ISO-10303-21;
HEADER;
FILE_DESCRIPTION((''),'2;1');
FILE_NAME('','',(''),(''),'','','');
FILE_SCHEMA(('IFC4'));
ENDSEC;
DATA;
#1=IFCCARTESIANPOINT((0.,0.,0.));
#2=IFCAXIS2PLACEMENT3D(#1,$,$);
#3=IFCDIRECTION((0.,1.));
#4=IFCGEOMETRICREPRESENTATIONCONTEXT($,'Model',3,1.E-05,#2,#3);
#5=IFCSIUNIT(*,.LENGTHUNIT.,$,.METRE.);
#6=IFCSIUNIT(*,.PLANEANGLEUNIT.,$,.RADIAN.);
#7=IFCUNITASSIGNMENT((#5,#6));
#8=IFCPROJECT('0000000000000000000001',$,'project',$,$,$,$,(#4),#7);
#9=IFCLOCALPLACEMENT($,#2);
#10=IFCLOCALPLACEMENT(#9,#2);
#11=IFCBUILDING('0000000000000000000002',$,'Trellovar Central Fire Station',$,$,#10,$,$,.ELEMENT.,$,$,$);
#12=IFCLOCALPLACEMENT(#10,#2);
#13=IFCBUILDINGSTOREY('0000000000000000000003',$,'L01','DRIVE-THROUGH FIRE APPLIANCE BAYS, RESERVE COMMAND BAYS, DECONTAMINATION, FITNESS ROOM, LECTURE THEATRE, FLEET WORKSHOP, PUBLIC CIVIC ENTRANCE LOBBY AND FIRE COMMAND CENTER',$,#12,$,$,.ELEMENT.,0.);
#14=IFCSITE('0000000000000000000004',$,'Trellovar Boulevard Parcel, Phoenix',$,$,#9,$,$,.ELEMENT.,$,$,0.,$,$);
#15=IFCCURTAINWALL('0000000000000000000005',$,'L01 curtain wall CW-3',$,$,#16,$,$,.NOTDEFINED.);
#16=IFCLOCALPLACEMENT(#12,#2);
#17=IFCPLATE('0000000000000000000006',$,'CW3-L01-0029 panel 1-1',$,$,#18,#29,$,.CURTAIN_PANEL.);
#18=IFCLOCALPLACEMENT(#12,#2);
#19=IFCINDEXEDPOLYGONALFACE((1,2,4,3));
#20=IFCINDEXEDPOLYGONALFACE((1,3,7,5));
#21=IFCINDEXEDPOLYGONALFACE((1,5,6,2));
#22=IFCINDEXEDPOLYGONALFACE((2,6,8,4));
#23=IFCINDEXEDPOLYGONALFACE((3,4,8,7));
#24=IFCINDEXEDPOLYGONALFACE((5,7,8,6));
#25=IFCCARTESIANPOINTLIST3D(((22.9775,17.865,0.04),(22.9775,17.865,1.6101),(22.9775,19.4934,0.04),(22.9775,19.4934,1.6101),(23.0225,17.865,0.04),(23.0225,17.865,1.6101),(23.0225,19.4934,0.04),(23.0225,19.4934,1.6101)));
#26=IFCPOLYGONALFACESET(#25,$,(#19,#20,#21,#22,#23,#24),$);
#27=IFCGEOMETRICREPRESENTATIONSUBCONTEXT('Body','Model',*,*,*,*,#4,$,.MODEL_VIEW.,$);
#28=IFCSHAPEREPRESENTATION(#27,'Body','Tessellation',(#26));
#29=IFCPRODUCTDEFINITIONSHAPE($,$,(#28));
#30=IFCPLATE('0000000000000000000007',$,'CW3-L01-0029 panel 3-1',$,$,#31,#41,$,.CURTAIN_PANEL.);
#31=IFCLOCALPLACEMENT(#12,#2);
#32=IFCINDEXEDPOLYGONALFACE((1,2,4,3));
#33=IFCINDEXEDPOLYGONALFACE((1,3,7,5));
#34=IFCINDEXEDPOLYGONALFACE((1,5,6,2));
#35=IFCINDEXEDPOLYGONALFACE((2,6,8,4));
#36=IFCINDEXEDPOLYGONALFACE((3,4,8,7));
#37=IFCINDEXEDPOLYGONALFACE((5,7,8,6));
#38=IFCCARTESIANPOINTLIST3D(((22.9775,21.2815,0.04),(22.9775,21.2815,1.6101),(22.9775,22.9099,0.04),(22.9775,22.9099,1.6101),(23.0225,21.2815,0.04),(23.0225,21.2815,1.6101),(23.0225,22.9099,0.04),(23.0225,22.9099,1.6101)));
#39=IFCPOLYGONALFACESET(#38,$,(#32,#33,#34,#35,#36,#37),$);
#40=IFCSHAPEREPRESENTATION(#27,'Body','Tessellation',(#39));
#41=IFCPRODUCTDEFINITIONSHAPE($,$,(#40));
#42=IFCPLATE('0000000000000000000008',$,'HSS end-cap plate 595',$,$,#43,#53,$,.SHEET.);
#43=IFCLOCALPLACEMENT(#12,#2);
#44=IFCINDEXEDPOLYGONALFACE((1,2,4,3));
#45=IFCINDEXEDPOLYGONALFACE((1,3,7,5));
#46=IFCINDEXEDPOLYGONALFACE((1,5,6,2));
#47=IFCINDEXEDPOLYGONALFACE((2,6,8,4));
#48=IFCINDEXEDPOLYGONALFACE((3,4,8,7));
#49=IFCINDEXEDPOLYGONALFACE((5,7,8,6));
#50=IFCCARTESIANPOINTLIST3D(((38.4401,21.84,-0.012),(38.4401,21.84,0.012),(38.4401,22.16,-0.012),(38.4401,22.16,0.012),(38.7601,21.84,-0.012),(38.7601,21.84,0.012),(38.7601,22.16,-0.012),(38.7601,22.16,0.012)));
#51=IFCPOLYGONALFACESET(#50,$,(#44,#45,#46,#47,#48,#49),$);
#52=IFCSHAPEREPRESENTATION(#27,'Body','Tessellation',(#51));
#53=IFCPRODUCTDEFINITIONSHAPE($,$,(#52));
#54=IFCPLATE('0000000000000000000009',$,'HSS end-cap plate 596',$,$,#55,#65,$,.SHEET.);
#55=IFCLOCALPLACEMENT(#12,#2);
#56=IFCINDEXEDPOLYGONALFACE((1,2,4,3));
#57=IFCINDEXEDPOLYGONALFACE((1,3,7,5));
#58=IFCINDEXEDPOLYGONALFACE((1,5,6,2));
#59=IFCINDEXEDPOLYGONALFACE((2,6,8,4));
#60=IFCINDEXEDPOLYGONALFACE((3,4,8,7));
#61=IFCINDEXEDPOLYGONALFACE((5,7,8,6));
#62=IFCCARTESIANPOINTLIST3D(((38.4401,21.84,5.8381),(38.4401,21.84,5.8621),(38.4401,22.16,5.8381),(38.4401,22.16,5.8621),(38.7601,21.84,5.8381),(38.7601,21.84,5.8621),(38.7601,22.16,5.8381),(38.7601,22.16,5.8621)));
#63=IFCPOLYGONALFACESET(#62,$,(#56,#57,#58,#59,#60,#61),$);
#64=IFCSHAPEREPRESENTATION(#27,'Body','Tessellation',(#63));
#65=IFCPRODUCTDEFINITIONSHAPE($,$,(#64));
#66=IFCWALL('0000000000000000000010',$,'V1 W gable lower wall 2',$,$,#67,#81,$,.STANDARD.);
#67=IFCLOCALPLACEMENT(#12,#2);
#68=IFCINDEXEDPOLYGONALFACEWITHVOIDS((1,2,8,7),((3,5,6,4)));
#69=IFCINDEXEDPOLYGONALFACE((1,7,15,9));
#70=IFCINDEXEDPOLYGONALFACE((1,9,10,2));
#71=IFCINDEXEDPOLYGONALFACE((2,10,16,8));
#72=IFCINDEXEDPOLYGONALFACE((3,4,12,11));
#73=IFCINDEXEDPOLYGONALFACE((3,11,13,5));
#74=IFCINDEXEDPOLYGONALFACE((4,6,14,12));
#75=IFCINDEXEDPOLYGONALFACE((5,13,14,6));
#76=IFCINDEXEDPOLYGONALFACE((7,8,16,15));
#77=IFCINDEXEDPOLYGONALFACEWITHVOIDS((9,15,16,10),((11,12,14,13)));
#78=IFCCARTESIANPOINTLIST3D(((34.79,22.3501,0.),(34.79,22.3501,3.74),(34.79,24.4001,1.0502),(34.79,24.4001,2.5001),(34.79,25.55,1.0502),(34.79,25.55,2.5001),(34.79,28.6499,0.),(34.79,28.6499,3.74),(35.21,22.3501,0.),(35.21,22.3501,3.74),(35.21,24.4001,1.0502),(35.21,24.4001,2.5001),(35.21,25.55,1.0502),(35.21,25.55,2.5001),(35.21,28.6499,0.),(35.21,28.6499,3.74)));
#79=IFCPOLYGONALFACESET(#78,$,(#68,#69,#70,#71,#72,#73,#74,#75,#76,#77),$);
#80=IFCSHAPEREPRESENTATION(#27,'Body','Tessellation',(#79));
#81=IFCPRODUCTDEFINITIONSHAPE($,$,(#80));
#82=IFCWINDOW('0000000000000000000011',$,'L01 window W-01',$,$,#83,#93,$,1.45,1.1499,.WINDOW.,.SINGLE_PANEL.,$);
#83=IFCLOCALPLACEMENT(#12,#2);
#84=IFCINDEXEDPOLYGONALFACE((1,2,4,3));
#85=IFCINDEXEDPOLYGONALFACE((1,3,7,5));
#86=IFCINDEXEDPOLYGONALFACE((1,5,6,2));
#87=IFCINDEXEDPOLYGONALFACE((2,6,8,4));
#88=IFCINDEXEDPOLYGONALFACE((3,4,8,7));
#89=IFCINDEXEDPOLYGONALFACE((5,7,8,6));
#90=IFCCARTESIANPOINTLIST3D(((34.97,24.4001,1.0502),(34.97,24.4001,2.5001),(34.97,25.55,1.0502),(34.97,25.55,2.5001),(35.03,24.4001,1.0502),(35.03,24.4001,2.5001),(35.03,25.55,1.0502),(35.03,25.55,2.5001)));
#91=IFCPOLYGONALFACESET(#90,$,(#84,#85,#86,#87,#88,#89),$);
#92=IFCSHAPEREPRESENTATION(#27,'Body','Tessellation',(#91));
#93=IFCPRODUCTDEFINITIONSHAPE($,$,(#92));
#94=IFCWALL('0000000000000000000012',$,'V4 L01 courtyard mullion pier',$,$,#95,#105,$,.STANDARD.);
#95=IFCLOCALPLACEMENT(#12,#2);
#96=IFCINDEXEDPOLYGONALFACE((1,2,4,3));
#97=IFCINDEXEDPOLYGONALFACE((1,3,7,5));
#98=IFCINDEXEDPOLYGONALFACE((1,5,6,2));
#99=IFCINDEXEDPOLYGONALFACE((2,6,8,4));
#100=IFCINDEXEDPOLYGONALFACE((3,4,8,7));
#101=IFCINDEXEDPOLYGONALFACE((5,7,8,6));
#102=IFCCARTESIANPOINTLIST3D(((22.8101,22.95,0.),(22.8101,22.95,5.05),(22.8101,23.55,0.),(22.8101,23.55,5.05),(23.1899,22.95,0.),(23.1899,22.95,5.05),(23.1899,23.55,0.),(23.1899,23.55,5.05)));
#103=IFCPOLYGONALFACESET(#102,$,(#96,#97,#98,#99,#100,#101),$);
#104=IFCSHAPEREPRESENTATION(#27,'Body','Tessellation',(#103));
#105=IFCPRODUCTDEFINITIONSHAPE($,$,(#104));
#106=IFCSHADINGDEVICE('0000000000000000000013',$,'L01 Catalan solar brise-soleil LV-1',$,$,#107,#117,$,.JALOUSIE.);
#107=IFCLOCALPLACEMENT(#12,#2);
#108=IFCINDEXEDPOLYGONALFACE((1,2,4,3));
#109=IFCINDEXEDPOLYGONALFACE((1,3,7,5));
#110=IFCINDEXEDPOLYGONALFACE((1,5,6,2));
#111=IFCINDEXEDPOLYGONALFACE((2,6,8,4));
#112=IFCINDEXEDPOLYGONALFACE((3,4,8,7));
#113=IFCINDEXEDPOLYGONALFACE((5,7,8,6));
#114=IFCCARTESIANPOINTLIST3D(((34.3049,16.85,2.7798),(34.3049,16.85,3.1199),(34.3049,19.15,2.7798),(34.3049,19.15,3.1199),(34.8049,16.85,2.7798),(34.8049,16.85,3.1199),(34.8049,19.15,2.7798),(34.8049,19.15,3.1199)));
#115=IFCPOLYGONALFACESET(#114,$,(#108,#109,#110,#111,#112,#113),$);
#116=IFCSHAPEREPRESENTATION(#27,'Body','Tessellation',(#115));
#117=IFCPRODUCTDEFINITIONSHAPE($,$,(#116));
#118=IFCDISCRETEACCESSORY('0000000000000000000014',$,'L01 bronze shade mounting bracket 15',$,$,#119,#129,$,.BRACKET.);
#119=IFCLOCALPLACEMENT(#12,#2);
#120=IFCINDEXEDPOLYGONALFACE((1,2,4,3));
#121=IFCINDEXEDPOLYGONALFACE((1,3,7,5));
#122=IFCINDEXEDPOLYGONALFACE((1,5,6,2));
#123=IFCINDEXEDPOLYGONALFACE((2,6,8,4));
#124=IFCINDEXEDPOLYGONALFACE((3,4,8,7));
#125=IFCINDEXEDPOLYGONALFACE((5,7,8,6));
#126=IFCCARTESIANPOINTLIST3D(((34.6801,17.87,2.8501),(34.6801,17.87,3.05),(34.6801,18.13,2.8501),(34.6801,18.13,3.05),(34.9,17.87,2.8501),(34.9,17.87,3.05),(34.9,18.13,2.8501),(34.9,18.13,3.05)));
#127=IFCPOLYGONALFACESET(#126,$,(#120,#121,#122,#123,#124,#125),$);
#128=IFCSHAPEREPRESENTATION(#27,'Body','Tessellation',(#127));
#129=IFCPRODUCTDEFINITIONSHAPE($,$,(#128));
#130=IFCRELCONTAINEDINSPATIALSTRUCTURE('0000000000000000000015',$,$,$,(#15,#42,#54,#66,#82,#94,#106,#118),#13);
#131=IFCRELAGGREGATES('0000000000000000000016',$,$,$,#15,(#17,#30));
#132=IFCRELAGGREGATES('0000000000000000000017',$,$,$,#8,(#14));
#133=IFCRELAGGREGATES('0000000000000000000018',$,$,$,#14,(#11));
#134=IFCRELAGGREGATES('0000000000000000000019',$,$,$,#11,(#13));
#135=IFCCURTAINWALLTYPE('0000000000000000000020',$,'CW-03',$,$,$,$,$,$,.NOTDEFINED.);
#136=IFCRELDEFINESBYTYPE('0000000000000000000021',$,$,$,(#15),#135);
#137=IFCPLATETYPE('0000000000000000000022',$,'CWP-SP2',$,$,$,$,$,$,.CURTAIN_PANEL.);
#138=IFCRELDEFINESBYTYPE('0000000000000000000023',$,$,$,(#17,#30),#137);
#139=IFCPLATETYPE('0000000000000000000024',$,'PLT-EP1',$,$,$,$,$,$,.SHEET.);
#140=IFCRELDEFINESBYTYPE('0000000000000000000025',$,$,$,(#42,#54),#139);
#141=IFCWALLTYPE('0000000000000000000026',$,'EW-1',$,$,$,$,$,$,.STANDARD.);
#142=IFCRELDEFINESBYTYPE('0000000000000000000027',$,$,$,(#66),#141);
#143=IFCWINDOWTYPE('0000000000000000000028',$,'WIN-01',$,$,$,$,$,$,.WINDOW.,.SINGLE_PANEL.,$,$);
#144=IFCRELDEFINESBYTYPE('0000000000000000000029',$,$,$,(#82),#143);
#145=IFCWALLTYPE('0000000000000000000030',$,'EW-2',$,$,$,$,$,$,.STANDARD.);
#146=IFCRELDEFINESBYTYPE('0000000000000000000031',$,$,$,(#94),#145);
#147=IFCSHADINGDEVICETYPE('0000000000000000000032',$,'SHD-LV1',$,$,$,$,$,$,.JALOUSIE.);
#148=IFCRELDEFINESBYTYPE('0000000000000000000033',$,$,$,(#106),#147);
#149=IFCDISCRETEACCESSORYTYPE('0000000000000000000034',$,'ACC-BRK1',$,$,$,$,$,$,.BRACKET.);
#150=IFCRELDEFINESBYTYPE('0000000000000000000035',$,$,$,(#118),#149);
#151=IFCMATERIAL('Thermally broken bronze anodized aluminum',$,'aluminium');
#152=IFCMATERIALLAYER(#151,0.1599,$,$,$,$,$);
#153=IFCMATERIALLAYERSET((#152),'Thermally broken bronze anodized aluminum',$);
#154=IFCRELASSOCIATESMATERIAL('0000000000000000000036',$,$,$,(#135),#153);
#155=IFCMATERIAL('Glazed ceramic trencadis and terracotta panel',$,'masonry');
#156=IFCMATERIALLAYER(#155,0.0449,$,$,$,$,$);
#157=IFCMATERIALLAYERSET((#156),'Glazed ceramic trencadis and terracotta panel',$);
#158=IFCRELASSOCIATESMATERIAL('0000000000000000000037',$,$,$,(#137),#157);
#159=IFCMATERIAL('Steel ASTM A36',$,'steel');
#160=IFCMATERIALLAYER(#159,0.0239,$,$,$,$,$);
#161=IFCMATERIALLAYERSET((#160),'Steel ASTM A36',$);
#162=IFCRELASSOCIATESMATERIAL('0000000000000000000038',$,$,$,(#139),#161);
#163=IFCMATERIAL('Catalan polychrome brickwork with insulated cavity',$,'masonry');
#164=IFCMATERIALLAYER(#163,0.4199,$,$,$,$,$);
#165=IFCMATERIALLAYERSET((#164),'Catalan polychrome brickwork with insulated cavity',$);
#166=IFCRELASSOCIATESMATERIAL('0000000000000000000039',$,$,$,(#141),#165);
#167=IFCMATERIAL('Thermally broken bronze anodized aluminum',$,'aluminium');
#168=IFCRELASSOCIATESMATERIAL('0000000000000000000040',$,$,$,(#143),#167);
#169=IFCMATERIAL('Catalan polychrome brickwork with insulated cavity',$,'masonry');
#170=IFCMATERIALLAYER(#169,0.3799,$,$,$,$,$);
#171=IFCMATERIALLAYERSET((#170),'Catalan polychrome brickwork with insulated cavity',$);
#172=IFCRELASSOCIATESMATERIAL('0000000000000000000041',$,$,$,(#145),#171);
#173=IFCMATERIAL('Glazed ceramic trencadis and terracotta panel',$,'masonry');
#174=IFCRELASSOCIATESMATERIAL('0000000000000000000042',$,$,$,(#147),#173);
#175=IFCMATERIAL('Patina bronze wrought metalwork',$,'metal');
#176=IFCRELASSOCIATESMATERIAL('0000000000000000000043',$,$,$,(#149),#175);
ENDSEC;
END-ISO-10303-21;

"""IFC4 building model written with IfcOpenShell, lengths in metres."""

from ifc_helpers import new_model, si_unit, direction, frame, frame_2d, origin, origin_2d, place, context, subcontext, project, spatial, rectangle, extrude, material, layer, layer_set, type_object, element, fill, aggregate, save


model = new_model("IFC4")

# Units and contexts
model_context = context("Model", 3, precision=1e-05, world=origin(), true_north=direction((0.0, 1.0)))
body_context = subcontext(model_context, "Body", "Model", "MODEL_VIEW")
ifc_project = project(units=[si_unit("LENGTHUNIT", "METRE"), si_unit("PLANEANGLEUNIT", "RADIAN")], contexts=[model_context])

# Site, building, storey
site_placement = place(None, origin())
site = spatial("IfcSite", under=ifc_project, at=site_placement, Name="Trellovar Boulevard Parcel, Phoenix", CompositionType="ELEMENT", RefElevation=0.0)
building_placement = place(site_placement, origin())
building = spatial("IfcBuilding", under=site, at=building_placement, Name="Trellovar Central Fire Station", CompositionType="ELEMENT")
storey_placement = place(building_placement, origin())
storey = spatial("IfcBuildingStorey", under=building, at=storey_placement, Name="L01", Description="DRIVE-THROUGH FIRE APPLIANCE BAYS, RESERVE COMMAND BAYS, DECONTAMINATION, FITNESS ROOM, LECTURE THEATRE, FLEET WORKSHOP, PUBLIC CIVIC ENTRANCE LOBBY AND FIRE COMMAND CENTER", CompositionType="ELEMENT", Elevation=0.0)

# Curtain wall, plates
ifc_material_1 = material(Name="Thermally broken bronze anodized aluminum", Category="aluminium")
ifc_layer_1 = layer(ifc_material_1, 0.1599)
ifc_layer_set_1 = layer_set([ifc_layer_1], Name="Thermally broken bronze anodized aluminum")
curtain_wall_type = type_object("IfcCurtainWallType", Name="CW-03", PredefinedType="NOTDEFINED", material=ifc_layer_set_1)
curtain_wall_placement = place(storey_placement, origin())
curtain_wall = element("IfcCurtainWall", 1, at=curtain_wall_placement, inside=storey, type_object=curtain_wall_type, Name="L01 curtain wall CW-3", PredefinedType="NOTDEFINED")
ifc_material_2 = material(Name="Glazed ceramic trencadis and terracotta panel", Category="masonry")
ifc_layer_2 = layer(ifc_material_2, 0.0449)
ifc_layer_set_2 = layer_set([ifc_layer_2], Name="Glazed ceramic trencadis and terracotta panel")
plate_type_1 = type_object("IfcPlateType", Name="CWP-SP2", PredefinedType="CURTAIN_PANEL", material=ifc_layer_set_2)
plate_1_placement = place(storey_placement, frame((23.0, 18.6792, 0.04), z_axis=(0.0, 0.0, 1.0), x_axis=(0.0, 1.0, 0.0)))
plate_1 = element("IfcPlate", 2, at=plate_1_placement, type_object=plate_type_1, Name="CW3-L01-0029 panel 1-1", PredefinedType="CURTAIN_PANEL", context=body_context, shape_type="SweptSolid", body=[
    extrude(rectangle(XDim=1.6284, YDim=0.0449, at=origin_2d()), origin(), (0.0, 0.0, 1.0), 1.5701),
])
plate_2_placement = place(storey_placement, frame((23.0, 22.0957, 0.04), z_axis=(0.0, 0.0, 1.0), x_axis=(0.0, 1.0, 0.0)))
plate_2 = element("IfcPlate", 3, at=plate_2_placement, type_object=plate_type_1, Name="CW3-L01-0029 panel 3-1", PredefinedType="CURTAIN_PANEL", context=body_context, shape_type="SweptSolid", body=[
    extrude(rectangle(XDim=1.6284, YDim=0.0449, at=origin_2d()), origin(), (0.0, 0.0, 1.0), 1.5701),
])
aggregate(curtain_wall, [plate_1, plate_2])

# Plates
ifc_material_3 = material(Name="Steel ASTM A36", Category="steel")
ifc_layer_3 = layer(ifc_material_3, 0.0239)
ifc_layer_set_3 = layer_set([ifc_layer_3], Name="Steel ASTM A36")
plate_type_2 = type_object("IfcPlateType", Name="PLT-EP1", PredefinedType="SHEET", material=ifc_layer_set_3)
for number, where, z_axis, x_axis, name in (
    (4, (38.6001, 22.0, -0.012), (0.0, 0.0, 1.0), (1.0, 0.0, 0.0), "HSS end-cap plate 595"),
    (5, (38.6001, 22.0, 5.8381), (0.0, 0.0, 1.0), (1.0, 0.0, 0.0), "HSS end-cap plate 596"),
):
    element("IfcPlate", number, at=place(storey_placement, frame(where, z_axis=z_axis, x_axis=x_axis)), inside=storey, type_object=plate_type_2, Name=name, PredefinedType="SHEET", context=body_context, shape_type="SweptSolid", body=[
        extrude(rectangle(XDim=0.3201, YDim=0.3201, at=origin_2d()), origin(), (0.0, 0.0, 1.0), 0.0239),
    ])

# Wall, opening, window
ifc_material_4 = material(Name="Catalan polychrome brickwork with insulated cavity", Category="masonry")
ifc_layer_4 = layer(ifc_material_4, 0.4199)
ifc_layer_set_4 = layer_set([ifc_layer_4], Name="Catalan polychrome brickwork with insulated cavity")
wall_type_1 = type_object("IfcWallType", Name="EW-1", PredefinedType="STANDARD", material=ifc_layer_set_4)
wall_1_placement = place(storey_placement, frame((35.0, 22.3501, 0.0), z_axis=(0.0, 0.0, 1.0), x_axis=(0.0, 1.0, 0.0)))
wall_1 = element("IfcWall", 6, at=wall_1_placement, inside=storey, type_object=wall_type_1, Name="V1 W gable lower wall 2", PredefinedType="STANDARD", context=body_context, shape_type="SweptSolid", body=[
    extrude(rectangle(XDim=6.2998, YDim=0.4199, at=frame_2d((3.1499, 0.0))), origin(), (0.0, 0.0, 1.0), 3.74),
])
opening_placement = place(wall_1_placement, frame((2.05, 0.0, 1.05)))
opening = element("IfcOpeningElement", 7, at=opening_placement, cuts=wall_1, PredefinedType="OPENING", context=body_context, shape_type="SweptSolid", body=[
    extrude(rectangle(XDim=1.1499, YDim=1.45, at=frame_2d((0.575, 0.7251))), frame((0.0, 0.22, 0.0), z_axis=(0.0, -1.0, 0.0), x_axis=(1.0, 0.0, 0.0)), (0.0, 0.0, 1.0), 0.4399),
])
ifc_material_5 = material(Name="Thermally broken bronze anodized aluminum", Category="aluminium")
window_type = type_object("IfcWindowType", Name="WIN-01", PartitioningType="SINGLE_PANEL", PredefinedType="WINDOW", material=ifc_material_5)
window_placement = place(opening_placement, origin())
window = element("IfcWindow", 8, at=window_placement, inside=storey, type_object=window_type, Name="L01 window W-01", OverallHeight=1.45, OverallWidth=1.1499, PartitioningType="SINGLE_PANEL", PredefinedType="WINDOW", context=body_context, shape_type="SweptSolid", body=[
    extrude(rectangle(XDim=1.1499, YDim=1.45, at=frame_2d((0.575, 0.7251))), frame((0.0, 0.03, 0.0), z_axis=(0.0, -1.0, 0.0), x_axis=(1.0, 0.0, 0.0)), (0.0, 0.0, 1.0), 0.0601),
])
fill(opening, window)

# Wall
ifc_material_6 = material(Name="Catalan polychrome brickwork with insulated cavity", Category="masonry")
ifc_layer_5 = layer(ifc_material_6, 0.3799)
ifc_layer_set_5 = layer_set([ifc_layer_5], Name="Catalan polychrome brickwork with insulated cavity")
wall_type_2 = type_object("IfcWallType", Name="EW-2", PredefinedType="STANDARD", material=ifc_layer_set_5)
wall_2_placement = place(storey_placement, frame((23.0, 22.95, 0.0), z_axis=(0.0, 0.0, 1.0), x_axis=(0.0, 1.0, 0.0)))
element("IfcWall", 9, at=wall_2_placement, inside=storey, type_object=wall_type_2, Name="V4 L01 courtyard mullion pier", PredefinedType="STANDARD", context=body_context, shape_type="SweptSolid", body=[
    extrude(rectangle(XDim=0.6001, YDim=0.3799, at=frame_2d((0.3, 0.0))), origin(), (0.0, 0.0, 1.0), 5.05),
])

# Shading device
ifc_material_7 = material(Name="Glazed ceramic trencadis and terracotta panel", Category="masonry")
shading_device_type = type_object("IfcShadingDeviceType", Name="SHD-LV1", PredefinedType="JALOUSIE", material=ifc_material_7)
shading_device_placement = place(storey_placement, frame((34.5549, 18.0, 2.7798), z_axis=(0.0, 0.0, 1.0), x_axis=(0.0, 1.0, 0.0)))
element("IfcShadingDevice", 10, at=shading_device_placement, inside=storey, type_object=shading_device_type, Name="L01 Catalan solar brise-soleil LV-1", PredefinedType="JALOUSIE", context=body_context, shape_type="SweptSolid", body=[
    extrude(rectangle(XDim=2.3, YDim=0.5, at=origin_2d()), origin(), (0.0, 0.0, 1.0), 0.3401),
])

# Discrete accessory
ifc_material_8 = material(Name="Patina bronze wrought metalwork", Category="metal")
discrete_accessory_type = type_object("IfcDiscreteAccessoryType", Name="ACC-BRK1", PredefinedType="BRACKET", material=ifc_material_8)
discrete_accessory_placement = place(storey_placement, frame((34.79, 18.0, 2.8501), z_axis=(0.0, 0.0, 1.0), x_axis=(0.0, 1.0, 0.0)))
element("IfcDiscreteAccessory", 11, at=discrete_accessory_placement, inside=storey, type_object=discrete_accessory_type, Name="L01 bronze shade mounting bracket 15", PredefinedType="BRACKET", context=body_context, shape_type="SweptSolid", body=[
    extrude(rectangle(XDim=0.26, YDim=0.22, at=origin_2d()), origin(), (0.0, 0.0, 1.0), 0.2),
])

save(model, "model.ifc")
